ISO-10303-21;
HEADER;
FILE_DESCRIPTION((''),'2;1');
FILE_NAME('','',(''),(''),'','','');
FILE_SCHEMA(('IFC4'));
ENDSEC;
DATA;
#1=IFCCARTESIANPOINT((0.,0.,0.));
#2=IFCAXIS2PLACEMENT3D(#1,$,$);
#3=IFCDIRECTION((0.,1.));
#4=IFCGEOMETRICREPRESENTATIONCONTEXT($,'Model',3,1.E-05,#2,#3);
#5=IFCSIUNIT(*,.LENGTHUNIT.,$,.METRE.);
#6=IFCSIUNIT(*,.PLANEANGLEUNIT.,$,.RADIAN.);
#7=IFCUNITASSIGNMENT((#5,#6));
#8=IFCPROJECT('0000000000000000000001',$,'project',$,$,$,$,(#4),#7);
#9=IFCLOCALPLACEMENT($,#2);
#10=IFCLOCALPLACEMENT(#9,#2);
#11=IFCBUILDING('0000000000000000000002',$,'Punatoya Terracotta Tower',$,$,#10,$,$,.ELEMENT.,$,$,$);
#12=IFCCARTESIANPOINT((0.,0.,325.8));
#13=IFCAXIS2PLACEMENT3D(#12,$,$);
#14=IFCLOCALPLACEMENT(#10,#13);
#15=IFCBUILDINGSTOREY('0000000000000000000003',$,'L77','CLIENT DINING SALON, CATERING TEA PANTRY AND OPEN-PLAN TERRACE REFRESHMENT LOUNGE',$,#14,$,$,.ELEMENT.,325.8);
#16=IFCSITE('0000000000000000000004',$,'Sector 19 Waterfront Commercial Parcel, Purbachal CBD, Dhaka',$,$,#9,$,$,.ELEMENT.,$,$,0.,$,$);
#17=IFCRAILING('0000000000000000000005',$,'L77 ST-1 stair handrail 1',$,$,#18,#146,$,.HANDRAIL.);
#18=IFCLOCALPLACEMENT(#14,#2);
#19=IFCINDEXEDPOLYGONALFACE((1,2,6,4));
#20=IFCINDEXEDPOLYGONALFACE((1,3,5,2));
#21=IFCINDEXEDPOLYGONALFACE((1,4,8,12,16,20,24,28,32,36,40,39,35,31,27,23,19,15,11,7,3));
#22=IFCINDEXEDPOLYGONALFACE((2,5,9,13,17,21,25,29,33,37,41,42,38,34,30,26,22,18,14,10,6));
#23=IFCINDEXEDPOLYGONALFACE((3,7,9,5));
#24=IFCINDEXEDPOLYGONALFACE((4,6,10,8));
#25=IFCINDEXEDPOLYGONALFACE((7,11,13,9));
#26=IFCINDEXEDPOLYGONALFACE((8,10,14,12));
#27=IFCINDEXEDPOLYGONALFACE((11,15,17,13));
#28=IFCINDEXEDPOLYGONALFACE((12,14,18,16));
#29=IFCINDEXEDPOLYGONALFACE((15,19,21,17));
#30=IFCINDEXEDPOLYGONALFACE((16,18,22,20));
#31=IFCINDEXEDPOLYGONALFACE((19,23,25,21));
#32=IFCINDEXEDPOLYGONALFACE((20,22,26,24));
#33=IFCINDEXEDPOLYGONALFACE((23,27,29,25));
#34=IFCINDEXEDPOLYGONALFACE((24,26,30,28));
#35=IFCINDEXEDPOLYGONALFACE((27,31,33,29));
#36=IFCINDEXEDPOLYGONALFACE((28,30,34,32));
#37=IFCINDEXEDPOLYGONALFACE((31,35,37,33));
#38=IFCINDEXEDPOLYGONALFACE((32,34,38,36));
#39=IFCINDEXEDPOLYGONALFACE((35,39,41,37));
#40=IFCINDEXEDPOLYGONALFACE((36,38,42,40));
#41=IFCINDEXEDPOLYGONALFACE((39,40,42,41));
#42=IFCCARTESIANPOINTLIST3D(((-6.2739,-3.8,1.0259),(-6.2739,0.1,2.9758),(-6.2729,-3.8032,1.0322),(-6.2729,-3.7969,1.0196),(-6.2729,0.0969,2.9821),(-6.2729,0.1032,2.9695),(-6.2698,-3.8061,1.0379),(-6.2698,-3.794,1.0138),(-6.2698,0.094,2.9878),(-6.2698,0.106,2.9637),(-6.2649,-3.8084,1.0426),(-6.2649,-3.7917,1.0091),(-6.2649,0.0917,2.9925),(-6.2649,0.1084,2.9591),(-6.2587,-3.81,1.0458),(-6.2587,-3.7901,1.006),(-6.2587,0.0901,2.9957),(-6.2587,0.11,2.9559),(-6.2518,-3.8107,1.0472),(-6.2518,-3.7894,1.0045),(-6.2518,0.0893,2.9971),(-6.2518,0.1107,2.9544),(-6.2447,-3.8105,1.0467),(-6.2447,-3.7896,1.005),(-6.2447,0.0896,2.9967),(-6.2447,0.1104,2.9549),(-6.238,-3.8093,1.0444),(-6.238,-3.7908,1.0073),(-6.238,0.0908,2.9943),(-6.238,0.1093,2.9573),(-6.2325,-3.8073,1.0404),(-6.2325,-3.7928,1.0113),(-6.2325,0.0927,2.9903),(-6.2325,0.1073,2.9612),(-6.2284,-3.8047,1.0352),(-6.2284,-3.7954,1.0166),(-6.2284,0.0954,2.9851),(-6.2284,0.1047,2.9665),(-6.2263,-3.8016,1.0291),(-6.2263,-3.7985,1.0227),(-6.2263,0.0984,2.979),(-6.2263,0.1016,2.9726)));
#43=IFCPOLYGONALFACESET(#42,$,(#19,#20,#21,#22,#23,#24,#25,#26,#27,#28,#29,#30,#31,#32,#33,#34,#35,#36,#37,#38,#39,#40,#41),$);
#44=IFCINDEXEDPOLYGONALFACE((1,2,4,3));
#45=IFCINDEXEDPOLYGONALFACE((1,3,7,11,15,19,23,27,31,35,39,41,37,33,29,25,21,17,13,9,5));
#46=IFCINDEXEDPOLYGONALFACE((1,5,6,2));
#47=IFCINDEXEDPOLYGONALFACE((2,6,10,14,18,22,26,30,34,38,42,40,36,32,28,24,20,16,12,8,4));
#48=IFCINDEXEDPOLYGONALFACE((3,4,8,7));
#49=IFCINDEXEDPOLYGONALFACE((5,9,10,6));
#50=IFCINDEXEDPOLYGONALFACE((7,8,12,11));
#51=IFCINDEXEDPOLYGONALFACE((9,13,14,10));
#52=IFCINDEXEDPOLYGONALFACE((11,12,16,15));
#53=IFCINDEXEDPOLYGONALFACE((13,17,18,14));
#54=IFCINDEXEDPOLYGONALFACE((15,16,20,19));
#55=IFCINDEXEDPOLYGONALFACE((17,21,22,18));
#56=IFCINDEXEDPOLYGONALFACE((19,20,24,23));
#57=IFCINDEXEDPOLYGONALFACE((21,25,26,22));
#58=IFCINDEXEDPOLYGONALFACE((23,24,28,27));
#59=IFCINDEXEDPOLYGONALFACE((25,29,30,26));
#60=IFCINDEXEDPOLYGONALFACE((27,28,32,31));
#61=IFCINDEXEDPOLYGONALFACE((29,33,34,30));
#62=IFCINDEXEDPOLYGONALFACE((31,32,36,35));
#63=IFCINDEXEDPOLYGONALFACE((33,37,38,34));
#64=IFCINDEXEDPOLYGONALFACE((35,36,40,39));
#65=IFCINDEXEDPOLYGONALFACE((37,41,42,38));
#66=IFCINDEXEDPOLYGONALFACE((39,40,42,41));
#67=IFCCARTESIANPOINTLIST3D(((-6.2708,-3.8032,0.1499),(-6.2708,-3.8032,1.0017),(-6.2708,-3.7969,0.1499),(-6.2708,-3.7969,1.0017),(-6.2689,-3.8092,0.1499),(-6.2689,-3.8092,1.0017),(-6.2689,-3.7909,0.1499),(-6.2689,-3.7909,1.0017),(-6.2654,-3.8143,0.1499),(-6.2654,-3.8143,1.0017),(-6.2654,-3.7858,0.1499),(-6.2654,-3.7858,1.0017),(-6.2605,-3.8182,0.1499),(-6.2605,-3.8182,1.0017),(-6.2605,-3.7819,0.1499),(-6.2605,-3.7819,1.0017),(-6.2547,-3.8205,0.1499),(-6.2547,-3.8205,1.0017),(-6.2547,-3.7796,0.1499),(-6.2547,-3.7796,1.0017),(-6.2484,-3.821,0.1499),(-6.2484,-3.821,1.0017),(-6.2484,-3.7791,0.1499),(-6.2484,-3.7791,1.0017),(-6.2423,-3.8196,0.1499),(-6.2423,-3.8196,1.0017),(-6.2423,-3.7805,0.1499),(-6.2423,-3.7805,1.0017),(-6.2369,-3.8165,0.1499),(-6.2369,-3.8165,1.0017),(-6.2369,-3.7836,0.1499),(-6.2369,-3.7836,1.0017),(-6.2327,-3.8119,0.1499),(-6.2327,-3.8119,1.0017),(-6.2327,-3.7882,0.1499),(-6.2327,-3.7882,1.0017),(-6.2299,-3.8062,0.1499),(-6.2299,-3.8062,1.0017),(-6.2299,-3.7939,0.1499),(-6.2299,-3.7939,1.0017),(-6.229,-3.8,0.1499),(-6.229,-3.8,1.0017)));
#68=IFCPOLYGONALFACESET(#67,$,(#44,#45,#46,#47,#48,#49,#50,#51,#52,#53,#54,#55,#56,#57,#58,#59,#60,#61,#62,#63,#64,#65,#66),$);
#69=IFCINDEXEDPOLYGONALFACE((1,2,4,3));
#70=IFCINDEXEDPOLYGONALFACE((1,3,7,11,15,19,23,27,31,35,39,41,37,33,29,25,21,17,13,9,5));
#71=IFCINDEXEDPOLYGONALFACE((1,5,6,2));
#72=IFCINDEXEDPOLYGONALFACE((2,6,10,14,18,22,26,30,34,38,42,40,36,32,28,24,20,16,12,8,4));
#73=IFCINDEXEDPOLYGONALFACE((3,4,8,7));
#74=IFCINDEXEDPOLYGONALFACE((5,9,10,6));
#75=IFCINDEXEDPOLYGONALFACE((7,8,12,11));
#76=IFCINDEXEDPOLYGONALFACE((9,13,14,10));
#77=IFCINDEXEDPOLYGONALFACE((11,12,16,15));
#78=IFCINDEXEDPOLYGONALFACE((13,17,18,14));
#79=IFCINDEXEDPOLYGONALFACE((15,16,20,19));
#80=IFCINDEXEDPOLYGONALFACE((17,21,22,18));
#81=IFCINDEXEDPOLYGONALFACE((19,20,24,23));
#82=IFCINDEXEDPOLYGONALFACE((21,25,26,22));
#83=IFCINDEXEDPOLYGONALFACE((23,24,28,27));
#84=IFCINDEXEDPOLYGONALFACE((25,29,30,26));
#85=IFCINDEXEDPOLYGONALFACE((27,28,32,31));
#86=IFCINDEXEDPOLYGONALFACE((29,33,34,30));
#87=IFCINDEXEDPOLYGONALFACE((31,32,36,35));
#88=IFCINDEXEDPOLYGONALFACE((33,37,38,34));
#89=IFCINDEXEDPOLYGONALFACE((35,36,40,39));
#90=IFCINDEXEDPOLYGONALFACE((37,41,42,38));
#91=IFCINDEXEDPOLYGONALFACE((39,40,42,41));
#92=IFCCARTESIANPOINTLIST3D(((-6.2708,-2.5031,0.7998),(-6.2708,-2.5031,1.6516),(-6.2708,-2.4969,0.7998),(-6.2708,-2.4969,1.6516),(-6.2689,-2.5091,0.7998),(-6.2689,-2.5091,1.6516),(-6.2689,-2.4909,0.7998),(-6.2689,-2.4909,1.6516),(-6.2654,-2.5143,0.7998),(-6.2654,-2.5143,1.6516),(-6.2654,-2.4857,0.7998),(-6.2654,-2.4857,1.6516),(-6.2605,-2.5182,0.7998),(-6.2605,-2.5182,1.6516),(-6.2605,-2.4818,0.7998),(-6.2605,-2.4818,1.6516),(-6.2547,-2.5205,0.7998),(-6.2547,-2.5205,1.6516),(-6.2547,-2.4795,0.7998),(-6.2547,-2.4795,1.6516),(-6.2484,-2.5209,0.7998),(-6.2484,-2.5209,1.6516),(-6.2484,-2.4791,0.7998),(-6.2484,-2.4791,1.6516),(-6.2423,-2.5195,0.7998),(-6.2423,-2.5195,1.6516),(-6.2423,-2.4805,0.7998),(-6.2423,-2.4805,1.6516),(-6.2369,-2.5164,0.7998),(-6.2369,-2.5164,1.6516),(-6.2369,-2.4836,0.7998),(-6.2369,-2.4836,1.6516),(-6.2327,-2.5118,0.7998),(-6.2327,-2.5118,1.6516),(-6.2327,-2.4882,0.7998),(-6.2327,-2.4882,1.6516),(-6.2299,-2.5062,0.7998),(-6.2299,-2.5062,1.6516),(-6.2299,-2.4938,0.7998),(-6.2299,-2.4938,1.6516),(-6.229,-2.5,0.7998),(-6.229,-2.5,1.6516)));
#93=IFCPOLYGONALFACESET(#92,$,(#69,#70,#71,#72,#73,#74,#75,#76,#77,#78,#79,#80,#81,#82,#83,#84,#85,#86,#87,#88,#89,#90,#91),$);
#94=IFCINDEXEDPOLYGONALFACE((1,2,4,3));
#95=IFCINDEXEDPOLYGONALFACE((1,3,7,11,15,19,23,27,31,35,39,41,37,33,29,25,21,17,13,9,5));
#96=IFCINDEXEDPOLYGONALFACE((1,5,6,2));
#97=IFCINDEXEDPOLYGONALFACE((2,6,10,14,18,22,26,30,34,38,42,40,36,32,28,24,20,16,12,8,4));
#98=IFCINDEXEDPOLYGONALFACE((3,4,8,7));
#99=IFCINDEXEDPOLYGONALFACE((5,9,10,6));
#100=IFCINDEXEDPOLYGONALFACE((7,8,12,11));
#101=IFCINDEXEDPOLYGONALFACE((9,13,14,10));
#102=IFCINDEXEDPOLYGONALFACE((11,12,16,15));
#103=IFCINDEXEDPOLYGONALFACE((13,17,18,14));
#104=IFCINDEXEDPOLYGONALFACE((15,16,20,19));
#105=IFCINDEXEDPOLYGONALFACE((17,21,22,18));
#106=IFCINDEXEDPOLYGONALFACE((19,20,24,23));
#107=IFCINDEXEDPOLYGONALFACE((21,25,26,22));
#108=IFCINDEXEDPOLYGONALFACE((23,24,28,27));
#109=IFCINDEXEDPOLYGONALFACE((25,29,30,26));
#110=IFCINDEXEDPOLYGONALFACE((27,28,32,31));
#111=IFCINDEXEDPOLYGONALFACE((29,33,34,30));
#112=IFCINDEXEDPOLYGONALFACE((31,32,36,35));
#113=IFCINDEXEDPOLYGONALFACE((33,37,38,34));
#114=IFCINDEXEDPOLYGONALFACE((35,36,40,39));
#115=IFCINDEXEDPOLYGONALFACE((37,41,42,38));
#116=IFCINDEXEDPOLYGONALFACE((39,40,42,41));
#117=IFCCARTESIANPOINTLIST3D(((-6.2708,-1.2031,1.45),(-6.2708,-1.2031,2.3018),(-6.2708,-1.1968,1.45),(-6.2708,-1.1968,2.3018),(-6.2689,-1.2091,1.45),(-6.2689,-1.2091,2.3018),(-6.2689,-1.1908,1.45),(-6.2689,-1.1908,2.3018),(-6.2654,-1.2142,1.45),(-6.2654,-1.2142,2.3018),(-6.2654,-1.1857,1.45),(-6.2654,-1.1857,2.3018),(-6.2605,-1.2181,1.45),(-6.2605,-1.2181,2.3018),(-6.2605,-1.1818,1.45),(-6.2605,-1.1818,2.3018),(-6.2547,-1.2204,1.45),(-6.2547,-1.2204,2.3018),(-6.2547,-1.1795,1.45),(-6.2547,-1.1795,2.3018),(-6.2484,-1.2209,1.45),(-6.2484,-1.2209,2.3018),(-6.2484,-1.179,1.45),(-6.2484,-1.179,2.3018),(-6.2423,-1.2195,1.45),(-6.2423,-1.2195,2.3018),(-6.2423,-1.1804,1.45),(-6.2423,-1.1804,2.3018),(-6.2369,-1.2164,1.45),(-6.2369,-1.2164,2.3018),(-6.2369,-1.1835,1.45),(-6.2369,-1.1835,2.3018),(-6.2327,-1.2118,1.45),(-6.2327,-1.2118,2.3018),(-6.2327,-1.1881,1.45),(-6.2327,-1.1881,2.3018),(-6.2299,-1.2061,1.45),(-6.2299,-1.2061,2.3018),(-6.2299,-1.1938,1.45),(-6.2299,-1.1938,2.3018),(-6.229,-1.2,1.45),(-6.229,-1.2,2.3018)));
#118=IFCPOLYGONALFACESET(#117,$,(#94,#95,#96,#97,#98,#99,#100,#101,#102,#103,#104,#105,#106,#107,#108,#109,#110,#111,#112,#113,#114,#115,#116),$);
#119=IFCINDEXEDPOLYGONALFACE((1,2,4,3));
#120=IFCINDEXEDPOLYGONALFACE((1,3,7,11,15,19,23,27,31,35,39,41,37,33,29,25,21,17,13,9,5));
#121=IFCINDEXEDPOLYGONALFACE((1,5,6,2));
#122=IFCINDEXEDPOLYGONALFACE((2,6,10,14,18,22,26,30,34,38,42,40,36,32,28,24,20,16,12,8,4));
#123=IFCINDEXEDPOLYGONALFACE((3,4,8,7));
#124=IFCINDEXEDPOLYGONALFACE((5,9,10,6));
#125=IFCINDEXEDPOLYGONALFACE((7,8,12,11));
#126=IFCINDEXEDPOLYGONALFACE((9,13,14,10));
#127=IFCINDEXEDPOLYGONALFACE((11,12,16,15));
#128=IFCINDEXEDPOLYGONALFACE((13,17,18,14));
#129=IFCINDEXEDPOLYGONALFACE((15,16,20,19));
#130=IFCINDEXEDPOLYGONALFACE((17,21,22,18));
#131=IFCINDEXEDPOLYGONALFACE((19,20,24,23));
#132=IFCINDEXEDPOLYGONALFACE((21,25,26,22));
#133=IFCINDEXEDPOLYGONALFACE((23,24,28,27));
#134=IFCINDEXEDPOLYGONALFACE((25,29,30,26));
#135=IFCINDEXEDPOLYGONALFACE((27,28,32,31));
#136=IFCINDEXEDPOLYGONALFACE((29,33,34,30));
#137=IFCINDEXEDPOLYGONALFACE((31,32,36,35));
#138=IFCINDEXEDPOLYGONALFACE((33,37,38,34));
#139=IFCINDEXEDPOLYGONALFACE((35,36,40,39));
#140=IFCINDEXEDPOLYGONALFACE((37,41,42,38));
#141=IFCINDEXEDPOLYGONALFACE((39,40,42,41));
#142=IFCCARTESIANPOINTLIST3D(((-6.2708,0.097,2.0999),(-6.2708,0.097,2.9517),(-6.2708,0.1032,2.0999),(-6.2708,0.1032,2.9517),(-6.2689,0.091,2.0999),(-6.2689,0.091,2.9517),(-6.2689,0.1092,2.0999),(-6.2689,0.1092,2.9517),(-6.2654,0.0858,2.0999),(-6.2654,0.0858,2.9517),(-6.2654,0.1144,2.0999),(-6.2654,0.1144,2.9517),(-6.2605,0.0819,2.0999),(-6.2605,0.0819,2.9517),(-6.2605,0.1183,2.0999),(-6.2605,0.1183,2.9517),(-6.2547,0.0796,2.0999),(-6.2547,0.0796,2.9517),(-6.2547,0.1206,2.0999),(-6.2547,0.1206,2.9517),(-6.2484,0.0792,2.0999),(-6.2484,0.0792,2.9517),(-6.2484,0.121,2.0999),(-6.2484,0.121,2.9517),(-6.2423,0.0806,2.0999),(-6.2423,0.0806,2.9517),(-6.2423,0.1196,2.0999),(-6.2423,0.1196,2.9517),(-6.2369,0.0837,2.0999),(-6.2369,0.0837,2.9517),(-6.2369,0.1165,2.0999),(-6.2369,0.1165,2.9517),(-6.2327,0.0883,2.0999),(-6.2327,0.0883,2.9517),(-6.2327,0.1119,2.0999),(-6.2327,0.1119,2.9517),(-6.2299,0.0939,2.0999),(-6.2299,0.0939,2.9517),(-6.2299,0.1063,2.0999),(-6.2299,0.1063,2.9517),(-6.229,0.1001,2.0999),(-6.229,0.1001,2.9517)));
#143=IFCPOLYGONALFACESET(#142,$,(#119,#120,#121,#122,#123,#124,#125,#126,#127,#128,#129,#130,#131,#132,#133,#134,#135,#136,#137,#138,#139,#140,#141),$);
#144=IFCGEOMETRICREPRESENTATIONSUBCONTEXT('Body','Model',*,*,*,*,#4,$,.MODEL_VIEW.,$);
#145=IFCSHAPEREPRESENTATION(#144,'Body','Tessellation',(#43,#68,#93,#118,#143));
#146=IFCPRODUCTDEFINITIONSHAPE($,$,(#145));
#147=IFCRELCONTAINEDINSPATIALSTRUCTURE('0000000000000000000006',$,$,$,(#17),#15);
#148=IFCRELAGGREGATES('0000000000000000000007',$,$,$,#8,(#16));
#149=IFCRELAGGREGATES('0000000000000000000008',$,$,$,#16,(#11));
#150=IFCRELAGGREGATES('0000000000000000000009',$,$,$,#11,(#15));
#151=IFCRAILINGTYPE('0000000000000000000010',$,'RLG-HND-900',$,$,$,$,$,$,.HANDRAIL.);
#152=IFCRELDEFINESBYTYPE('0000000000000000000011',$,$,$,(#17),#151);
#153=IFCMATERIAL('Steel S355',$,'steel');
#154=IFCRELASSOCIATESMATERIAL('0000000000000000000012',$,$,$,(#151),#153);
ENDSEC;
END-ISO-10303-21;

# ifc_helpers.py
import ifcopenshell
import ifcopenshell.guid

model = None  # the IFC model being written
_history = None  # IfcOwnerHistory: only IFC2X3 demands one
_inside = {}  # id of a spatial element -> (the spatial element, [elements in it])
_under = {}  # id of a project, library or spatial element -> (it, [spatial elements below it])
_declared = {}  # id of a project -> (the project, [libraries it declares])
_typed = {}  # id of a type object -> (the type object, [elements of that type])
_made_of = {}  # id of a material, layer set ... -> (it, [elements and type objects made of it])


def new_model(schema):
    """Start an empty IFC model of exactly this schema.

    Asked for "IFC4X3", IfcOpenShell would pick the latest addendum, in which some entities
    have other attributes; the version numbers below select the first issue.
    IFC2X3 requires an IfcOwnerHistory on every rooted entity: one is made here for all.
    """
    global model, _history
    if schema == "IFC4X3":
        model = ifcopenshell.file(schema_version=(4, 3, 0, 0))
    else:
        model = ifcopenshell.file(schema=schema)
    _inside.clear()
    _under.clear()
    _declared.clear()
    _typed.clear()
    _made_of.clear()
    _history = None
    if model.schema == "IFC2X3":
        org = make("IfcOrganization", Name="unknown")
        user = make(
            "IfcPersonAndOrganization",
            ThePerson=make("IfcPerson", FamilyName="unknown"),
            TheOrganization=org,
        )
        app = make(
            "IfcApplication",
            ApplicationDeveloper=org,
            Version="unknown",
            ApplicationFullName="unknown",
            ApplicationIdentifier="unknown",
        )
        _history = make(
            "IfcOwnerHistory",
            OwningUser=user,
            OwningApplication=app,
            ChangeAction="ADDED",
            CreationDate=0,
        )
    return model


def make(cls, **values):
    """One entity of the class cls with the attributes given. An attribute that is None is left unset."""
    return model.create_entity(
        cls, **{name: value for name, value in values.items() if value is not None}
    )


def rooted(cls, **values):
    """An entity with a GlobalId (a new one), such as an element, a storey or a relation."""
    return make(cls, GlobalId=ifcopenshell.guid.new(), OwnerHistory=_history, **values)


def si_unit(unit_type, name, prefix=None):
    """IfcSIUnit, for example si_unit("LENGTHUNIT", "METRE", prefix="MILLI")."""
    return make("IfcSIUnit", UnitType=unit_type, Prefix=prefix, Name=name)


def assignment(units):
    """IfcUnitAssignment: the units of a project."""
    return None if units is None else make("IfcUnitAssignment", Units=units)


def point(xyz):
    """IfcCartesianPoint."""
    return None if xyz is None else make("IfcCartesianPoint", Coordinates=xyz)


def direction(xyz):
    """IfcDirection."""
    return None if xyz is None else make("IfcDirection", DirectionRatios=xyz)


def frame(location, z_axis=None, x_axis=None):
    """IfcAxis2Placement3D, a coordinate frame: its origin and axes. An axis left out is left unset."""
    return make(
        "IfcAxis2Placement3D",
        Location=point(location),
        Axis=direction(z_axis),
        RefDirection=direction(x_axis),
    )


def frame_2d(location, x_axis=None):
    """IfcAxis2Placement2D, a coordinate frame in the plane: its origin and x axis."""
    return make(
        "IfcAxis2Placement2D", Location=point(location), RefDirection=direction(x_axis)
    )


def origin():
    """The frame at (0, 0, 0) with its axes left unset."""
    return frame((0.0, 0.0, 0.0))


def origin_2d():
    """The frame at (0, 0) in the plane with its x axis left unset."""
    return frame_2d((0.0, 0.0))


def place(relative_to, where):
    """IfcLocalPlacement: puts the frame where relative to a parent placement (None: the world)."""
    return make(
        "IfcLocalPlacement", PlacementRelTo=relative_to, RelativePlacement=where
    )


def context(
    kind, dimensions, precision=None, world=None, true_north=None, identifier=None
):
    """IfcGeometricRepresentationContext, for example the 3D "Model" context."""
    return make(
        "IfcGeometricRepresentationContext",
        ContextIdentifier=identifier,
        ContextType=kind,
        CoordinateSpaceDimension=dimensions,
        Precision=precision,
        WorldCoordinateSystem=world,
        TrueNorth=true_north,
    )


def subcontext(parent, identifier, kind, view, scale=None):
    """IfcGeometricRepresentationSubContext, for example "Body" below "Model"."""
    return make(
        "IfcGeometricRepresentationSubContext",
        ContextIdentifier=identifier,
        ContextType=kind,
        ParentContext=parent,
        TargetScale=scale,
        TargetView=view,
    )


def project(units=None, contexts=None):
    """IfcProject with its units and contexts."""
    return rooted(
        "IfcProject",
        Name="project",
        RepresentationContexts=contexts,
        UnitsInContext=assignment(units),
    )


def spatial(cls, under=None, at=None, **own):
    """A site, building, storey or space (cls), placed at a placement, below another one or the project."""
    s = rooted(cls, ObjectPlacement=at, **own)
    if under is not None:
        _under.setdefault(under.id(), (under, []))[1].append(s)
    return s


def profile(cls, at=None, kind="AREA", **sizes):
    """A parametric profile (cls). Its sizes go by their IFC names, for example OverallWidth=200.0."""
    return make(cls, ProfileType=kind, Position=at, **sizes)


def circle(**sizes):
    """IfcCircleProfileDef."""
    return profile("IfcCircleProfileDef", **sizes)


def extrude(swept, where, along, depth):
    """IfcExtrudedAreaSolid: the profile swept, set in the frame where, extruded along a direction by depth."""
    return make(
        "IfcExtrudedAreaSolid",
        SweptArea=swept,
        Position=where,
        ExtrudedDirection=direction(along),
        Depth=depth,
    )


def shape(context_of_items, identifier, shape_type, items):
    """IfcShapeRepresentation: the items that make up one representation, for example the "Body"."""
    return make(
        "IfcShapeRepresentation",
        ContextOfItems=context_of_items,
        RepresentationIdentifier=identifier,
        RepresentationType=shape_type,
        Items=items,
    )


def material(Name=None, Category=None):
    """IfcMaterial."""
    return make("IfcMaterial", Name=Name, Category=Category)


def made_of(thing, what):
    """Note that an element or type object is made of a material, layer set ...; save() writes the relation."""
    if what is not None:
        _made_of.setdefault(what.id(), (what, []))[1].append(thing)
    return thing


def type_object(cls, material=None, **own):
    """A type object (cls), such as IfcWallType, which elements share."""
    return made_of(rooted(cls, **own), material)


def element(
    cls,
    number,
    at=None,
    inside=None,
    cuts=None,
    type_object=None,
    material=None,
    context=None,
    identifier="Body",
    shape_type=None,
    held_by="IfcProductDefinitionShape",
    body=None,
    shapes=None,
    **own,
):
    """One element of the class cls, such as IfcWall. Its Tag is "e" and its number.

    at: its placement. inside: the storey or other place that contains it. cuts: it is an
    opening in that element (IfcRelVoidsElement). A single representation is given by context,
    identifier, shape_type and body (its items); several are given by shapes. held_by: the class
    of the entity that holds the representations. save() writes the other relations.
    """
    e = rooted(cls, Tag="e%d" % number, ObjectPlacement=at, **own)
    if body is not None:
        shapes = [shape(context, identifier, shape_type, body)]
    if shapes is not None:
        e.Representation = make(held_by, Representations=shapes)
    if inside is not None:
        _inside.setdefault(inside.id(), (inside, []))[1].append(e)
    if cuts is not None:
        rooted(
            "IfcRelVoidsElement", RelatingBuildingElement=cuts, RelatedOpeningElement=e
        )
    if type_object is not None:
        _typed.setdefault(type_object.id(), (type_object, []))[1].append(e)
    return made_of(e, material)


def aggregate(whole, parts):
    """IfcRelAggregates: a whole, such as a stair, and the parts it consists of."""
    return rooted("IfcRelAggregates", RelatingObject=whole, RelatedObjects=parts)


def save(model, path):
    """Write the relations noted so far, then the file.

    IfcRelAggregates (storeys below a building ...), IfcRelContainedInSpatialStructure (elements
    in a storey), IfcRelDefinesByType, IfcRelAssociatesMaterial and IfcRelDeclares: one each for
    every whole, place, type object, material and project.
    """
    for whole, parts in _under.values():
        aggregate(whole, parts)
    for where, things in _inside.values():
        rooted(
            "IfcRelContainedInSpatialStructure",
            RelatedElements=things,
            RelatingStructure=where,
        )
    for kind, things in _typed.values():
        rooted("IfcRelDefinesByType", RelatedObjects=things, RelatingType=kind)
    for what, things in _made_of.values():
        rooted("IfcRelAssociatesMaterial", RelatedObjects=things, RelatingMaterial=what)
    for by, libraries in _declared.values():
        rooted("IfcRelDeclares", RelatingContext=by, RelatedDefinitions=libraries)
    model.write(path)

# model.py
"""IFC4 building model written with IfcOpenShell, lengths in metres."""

from ifc_helpers import new_model, si_unit, direction, frame, origin, origin_2d, place, context, subcontext, project, spatial, circle, extrude, material, type_object, element, save


model = new_model("IFC4")

# Units and contexts
model_context = context("Model", 3, precision=1e-05, world=origin(), true_north=direction((0.0, 1.0)))
body_context = subcontext(model_context, "Body", "Model", "MODEL_VIEW")
ifc_project = project(units=[si_unit("LENGTHUNIT", "METRE"), si_unit("PLANEANGLEUNIT", "RADIAN")], contexts=[model_context])

# Site, building, storey
site_placement = place(None, origin())
site = spatial("IfcSite", under=ifc_project, at=site_placement, Name="Sector 19 Waterfront Commercial Parcel, Purbachal CBD, Dhaka", CompositionType="ELEMENT", RefElevation=0.0)
building_placement = place(site_placement, origin())
building = spatial("IfcBuilding", under=site, at=building_placement, Name="Punatoya Terracotta Tower", CompositionType="ELEMENT")
storey_placement = place(building_placement, frame((0.0, 0.0, 325.8)))
storey = spatial("IfcBuildingStorey", under=building, at=storey_placement, Name="L77", Description="CLIENT DINING SALON, CATERING TEA PANTRY AND OPEN-PLAN TERRACE REFRESHMENT LOUNGE", CompositionType="ELEMENT", Elevation=325.8)

# Shared definitions
ifc_material_1 = material(Name="Steel S355", Category="steel")

# Railing
railing_type_1 = type_object("IfcRailingType", Name="RLG-HND-900", PredefinedType="HANDRAIL", material=ifc_material_1)
railing_1_placement = place(storey_placement, frame((-6.25, -3.8, 0.1499)))
element("IfcRailing", 1, at=railing_1_placement, inside=storey, type_object=railing_type_1, Name="L77 ST-1 stair handrail 1", PredefinedType="HANDRAIL", context=body_context, shape_type="SweptSolid", body=[
    extrude(circle(Radius=0.0239, at=origin_2d()), frame((0.0, 0.0, 0.876), z_axis=(0.0, 0.894438, 0.447191), x_axis=(-1.0, 0.0, 0.0)), (0.0, 0.0, 1.0), 4.3604),
    extrude(circle(Radius=0.021, at=origin_2d()), origin(), (0.0, 0.0, 1.0), 0.8518),
    extrude(circle(Radius=0.021, at=origin_2d()), frame((0.0, 1.3, 0.6499)), (0.0, 0.0, 1.0), 0.8518),
    extrude(circle(Radius=0.021, at=origin_2d()), frame((0.0, 2.6001, 1.3)), (0.0, 0.0, 1.0), 0.8518),
    extrude(circle(Radius=0.021, at=origin_2d()), frame((0.0, 3.9001, 1.95)), (0.0, 0.0, 1.0), 0.8518),
])

save(model, "model.ifc")
